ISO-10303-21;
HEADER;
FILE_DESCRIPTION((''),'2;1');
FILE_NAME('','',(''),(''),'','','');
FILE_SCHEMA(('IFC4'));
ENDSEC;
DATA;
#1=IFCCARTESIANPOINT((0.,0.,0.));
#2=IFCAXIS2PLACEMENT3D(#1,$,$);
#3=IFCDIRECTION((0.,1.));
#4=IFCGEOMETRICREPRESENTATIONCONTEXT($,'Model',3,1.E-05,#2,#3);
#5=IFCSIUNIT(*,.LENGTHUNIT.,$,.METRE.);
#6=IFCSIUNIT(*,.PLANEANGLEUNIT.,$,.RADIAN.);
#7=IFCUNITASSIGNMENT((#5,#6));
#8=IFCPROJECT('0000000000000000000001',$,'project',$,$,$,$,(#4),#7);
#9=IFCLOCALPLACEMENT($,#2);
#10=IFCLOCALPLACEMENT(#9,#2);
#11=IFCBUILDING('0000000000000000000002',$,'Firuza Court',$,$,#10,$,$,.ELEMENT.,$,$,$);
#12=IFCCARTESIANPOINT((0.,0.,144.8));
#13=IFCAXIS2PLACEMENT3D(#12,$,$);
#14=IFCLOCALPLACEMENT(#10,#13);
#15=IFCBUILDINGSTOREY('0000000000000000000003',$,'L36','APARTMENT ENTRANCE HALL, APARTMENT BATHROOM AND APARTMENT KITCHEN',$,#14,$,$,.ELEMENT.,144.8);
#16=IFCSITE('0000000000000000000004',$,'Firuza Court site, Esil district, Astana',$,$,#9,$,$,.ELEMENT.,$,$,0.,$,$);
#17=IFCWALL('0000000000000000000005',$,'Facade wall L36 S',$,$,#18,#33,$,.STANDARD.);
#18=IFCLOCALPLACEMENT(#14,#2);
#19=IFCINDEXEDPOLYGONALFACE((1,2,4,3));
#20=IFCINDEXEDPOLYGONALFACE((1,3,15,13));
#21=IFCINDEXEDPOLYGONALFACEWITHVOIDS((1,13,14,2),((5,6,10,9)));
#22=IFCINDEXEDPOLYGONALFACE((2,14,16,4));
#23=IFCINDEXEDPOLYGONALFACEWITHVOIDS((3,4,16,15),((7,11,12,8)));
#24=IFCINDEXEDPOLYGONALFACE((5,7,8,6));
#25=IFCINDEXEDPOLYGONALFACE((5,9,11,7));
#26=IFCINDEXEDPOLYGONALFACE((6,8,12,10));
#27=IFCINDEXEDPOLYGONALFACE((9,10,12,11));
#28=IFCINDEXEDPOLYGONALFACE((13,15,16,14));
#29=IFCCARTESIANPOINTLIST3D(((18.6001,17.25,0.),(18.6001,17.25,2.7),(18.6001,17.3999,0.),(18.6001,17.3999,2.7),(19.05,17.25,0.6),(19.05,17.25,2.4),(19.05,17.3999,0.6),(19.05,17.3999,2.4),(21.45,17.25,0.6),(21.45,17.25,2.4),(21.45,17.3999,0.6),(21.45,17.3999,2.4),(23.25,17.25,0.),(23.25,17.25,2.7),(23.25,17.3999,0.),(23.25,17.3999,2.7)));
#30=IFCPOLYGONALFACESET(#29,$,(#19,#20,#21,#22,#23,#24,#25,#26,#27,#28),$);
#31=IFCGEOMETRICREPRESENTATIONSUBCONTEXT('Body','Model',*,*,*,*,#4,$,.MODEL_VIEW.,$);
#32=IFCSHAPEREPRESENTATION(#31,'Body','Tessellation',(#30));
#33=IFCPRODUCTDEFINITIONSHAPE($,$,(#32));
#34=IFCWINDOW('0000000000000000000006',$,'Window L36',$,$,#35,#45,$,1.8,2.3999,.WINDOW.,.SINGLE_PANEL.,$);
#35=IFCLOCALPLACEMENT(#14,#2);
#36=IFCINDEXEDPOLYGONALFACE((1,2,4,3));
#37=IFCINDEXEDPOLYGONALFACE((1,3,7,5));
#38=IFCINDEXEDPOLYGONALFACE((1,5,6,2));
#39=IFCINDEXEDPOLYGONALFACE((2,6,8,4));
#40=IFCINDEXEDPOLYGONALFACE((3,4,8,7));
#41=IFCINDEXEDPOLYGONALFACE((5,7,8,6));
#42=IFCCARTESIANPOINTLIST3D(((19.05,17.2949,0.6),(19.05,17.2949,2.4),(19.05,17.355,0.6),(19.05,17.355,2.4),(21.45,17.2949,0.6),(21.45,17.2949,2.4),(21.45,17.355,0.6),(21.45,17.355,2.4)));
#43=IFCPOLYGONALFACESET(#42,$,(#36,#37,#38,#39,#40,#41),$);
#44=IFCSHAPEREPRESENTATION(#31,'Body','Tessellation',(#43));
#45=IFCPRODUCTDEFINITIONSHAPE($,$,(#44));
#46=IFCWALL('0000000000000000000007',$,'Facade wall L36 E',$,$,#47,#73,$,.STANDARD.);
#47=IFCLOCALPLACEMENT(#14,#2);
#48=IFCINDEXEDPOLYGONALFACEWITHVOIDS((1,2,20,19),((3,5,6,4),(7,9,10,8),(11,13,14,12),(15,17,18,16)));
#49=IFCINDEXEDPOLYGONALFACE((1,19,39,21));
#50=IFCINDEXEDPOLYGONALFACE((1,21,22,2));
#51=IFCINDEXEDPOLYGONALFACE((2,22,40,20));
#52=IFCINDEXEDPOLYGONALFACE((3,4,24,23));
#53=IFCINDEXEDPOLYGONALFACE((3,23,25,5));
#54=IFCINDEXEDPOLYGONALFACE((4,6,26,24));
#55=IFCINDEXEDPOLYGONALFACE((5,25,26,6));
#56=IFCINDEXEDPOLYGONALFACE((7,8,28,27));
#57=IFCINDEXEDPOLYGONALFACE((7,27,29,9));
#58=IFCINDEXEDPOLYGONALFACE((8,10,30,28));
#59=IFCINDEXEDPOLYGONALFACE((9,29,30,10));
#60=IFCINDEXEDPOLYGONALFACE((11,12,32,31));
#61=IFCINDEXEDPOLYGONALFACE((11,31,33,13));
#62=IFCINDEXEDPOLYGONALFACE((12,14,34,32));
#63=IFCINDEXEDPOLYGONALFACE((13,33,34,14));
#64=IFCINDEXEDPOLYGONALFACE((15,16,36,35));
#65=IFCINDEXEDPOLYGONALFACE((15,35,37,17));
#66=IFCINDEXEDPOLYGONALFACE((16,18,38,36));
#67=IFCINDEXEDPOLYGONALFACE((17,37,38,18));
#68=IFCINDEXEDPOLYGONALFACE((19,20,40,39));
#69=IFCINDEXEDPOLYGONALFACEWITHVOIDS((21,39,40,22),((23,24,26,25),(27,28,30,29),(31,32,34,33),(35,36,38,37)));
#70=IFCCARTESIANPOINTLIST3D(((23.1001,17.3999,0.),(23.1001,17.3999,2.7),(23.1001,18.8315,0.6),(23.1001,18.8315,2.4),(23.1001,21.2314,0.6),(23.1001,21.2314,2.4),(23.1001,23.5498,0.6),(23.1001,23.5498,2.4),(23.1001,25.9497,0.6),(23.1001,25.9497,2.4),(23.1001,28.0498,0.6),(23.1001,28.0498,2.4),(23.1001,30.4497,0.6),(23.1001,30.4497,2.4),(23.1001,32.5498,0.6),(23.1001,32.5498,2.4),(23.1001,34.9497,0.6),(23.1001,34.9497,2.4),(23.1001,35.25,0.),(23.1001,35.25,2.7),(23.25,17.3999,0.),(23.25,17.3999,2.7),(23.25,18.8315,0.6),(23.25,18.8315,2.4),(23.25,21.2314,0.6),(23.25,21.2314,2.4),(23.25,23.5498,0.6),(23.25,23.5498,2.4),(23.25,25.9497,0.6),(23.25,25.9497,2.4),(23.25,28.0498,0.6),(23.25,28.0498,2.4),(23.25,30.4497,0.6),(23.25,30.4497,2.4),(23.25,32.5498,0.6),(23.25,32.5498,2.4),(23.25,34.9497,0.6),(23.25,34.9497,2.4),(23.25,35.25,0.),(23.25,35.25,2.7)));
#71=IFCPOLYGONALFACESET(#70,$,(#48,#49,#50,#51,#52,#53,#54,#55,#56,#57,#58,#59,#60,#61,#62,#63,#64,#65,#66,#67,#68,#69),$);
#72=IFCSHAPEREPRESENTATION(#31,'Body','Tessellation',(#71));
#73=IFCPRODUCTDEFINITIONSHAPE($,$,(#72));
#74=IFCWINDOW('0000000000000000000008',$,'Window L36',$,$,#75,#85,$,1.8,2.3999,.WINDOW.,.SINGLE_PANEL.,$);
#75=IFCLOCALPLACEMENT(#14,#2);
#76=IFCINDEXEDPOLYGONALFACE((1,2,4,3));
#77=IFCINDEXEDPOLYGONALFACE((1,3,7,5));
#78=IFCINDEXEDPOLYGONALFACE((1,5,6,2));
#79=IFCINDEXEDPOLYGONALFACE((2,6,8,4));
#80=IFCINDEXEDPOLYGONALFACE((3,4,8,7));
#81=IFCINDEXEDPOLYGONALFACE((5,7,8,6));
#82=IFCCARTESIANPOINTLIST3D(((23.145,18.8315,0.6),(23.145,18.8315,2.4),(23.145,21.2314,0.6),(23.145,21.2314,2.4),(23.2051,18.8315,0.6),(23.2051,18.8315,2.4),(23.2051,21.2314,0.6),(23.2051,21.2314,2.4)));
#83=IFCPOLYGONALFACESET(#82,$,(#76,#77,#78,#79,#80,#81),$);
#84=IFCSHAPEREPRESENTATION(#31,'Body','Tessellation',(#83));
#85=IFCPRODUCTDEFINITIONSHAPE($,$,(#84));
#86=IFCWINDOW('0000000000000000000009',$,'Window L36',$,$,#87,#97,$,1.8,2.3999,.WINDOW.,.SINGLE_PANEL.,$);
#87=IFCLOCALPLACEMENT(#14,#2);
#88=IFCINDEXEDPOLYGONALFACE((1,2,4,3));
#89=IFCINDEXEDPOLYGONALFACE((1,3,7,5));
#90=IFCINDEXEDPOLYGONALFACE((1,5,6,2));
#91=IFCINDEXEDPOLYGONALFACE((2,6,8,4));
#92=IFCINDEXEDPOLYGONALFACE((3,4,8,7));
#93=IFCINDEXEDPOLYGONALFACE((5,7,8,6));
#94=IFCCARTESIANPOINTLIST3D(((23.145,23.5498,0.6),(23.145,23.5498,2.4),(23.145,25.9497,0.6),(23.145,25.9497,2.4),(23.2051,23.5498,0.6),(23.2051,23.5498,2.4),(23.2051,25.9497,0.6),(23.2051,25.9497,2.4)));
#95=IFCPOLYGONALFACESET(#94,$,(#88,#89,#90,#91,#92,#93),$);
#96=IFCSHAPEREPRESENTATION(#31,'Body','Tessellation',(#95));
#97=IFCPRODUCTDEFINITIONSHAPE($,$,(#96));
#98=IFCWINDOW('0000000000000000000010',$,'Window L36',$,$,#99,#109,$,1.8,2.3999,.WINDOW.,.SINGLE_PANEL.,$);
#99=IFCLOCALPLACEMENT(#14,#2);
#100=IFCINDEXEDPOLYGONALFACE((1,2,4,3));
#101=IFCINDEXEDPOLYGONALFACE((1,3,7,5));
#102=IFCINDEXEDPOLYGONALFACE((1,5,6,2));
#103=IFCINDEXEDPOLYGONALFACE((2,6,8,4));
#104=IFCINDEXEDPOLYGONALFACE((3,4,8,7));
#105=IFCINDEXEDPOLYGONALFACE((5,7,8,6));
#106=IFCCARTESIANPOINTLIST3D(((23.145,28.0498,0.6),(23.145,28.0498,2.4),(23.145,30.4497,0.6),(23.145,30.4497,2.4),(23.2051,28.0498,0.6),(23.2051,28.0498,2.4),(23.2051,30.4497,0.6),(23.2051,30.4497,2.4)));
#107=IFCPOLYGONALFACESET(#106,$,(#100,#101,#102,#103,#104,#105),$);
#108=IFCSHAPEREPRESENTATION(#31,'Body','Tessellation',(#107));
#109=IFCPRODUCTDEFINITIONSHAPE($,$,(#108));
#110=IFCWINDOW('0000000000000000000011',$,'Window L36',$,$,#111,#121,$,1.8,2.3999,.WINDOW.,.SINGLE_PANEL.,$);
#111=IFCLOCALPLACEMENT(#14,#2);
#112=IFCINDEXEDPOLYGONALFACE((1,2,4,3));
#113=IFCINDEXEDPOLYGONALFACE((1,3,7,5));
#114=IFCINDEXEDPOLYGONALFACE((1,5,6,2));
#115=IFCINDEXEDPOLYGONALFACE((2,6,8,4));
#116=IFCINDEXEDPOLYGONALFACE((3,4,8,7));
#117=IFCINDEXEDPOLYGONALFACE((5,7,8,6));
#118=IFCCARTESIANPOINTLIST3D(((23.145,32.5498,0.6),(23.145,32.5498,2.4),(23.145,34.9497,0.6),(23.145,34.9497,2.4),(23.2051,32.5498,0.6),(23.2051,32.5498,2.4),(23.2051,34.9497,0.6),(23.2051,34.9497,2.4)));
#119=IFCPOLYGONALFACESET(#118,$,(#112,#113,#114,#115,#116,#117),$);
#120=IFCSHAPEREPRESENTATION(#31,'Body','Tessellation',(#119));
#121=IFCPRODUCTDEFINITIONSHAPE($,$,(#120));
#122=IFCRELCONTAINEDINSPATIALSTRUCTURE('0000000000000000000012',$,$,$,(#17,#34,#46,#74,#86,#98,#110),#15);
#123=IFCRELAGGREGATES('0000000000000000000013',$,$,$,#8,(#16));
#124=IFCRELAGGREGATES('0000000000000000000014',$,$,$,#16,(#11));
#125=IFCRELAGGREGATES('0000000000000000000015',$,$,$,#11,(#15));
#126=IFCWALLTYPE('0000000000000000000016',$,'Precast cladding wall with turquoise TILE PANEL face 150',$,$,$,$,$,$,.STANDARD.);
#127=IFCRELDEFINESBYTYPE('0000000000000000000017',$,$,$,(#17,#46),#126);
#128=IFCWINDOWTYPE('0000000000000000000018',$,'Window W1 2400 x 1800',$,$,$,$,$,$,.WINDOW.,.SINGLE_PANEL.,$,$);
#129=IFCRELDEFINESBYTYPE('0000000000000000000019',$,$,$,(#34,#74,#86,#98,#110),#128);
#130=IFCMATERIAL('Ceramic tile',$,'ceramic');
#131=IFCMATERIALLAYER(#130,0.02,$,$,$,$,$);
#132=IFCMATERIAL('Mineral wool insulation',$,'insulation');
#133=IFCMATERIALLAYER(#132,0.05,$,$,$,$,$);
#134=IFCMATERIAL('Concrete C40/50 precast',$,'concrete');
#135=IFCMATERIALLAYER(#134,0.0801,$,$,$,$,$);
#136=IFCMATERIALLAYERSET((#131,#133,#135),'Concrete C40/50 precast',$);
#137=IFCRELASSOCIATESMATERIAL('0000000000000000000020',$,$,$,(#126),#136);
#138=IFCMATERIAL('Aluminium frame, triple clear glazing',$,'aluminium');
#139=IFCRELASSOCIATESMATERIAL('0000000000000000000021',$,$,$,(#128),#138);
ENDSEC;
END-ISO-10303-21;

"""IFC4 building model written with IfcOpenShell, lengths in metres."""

from ifc_helpers import new_model, si_unit, direction, frame, frame_2d, origin, place, context, subcontext, project, spatial, rectangle, extrude, material, layer, layer_set, type_object, element, fill, save


model = new_model("IFC4")

# Units and contexts
model_context = context("Model", 3, precision=1e-05, world=origin(), true_north=direction((0.0, 1.0)))
body_context = subcontext(model_context, "Body", "Model", "MODEL_VIEW")
ifc_project = project(units=[si_unit("LENGTHUNIT", "METRE"), si_unit("PLANEANGLEUNIT", "RADIAN")], contexts=[model_context])

# Site, building, storey
site_placement = place(None, origin())
site = spatial("IfcSite", under=ifc_project, at=site_placement, Name="Firuza Court site, Esil district, Astana", CompositionType="ELEMENT", RefElevation=0.0)
building_placement = place(site_placement, origin())
building = spatial("IfcBuilding", under=site, at=building_placement, Name="Firuza Court", CompositionType="ELEMENT")
storey_placement = place(building_placement, frame((0.0, 0.0, 144.8)))
storey = spatial("IfcBuildingStorey", under=building, at=storey_placement, Name="L36", Description="APARTMENT ENTRANCE HALL, APARTMENT BATHROOM AND APARTMENT KITCHEN", CompositionType="ELEMENT", Elevation=144.8)

# Shared definitions
ifc_material_1 = material(Name="Ceramic tile", Category="ceramic")
ifc_layer_1 = layer(ifc_material_1, 0.02)
ifc_material_2 = material(Name="Mineral wool insulation", Category="insulation")
ifc_layer_2 = layer(ifc_material_2, 0.05)
ifc_material_3 = material(Name="Concrete C40/50 precast", Category="concrete")
ifc_layer_3 = layer(ifc_material_3, 0.0801)
ifc_layer_set_1 = layer_set([ifc_layer_1, ifc_layer_2, ifc_layer_3], Name="Concrete C40/50 precast")
wall_type_1 = type_object("IfcWallType", Name="Precast cladding wall with turquoise TILE PANEL face 150", PredefinedType="STANDARD", material=ifc_layer_set_1)
ifc_material_4 = material(Name="Aluminium frame, triple clear glazing", Category="aluminium")
window_type_1 = type_object("IfcWindowType", Name="Window W1 2400 x 1800", PartitioningType="SINGLE_PANEL", PredefinedType="WINDOW", material=ifc_material_4)

# Wall, opening, window
wall_1_placement = place(storey_placement, frame((18.6001, 17.325, 0.0), z_axis=(0.0, 0.0, 1.0), x_axis=(1.0, 0.0, 0.0)))
wall_1 = element("IfcWall", 1, at=wall_1_placement, inside=storey, type_object=wall_type_1, Name="Facade wall L36 S", PredefinedType="STANDARD", context=body_context, shape_type="SweptSolid", body=[
    extrude(rectangle(XDim=4.6499, YDim=0.1499, at=frame_2d((2.325, 0.0))), origin(), (0.0, 0.0, 1.0), 2.7),
])
opening_1_placement = place(wall_1_placement, frame((0.45, 0.0, 0.6001)))
opening_1 = element("IfcOpeningElement", 2, at=opening_1_placement, cuts=wall_1, PredefinedType="OPENING", context=body_context, shape_type="SweptSolid", body=[
    extrude(rectangle(XDim=2.3999, YDim=1.8, at=frame_2d((1.2, 0.8999))), frame((0.0, 0.0869, 0.0), z_axis=(0.0, -1.0, 0.0), x_axis=(1.0, 0.0, 0.0)), (0.0, 0.0, 1.0), 0.1738),
])
window_1_placement = place(opening_1_placement, origin())
window_1 = element("IfcWindow", 3, at=window_1_placement, inside=storey, type_object=window_type_1, Name="Window L36", OverallHeight=1.8, OverallWidth=2.3999, PartitioningType="SINGLE_PANEL", PredefinedType="WINDOW", context=body_context, shape_type="SweptSolid", body=[
    extrude(rectangle(XDim=2.3999, YDim=1.8, at=frame_2d((1.2, 0.8999))), frame((0.0, 0.03, 0.0), z_axis=(0.0, -1.0, 0.0), x_axis=(1.0, 0.0, 0.0)), (0.0, 0.0, 1.0), 0.0601),
])
fill(opening_1, window_1)

# Wall, openings, windows
wall_2_placement = place(storey_placement, frame((23.175, 17.3999, 0.0), z_axis=(0.0, 0.0, 1.0), x_axis=(0.0, 1.0, 0.0)))
wall_2 = element("IfcWall", 4, at=wall_2_placement, inside=storey, type_object=wall_type_1, Name="Facade wall L36 E", PredefinedType="STANDARD", context=body_context, shape_type="SweptSolid", body=[
    extrude(rectangle(XDim=17.8501, YDim=0.1499, at=frame_2d((8.925, 0.0))), origin(), (0.0, 0.0, 1.0), 2.7),
])
opening_2_placement = place(wall_2_placement, frame((1.4316, 0.0, 0.6001)))
opening_2 = element("IfcOpeningElement", 5, at=opening_2_placement, cuts=wall_2, PredefinedType="OPENING", context=body_context, shape_type="SweptSolid", body=[
    extrude(rectangle(XDim=2.3999, YDim=1.8, at=frame_2d((1.2, 0.8999))), frame((0.0, 0.0869, 0.0), z_axis=(0.0, -1.0, 0.0), x_axis=(1.0, 0.0, 0.0)), (0.0, 0.0, 1.0), 0.1738),
])
opening_3_placement = place(wall_2_placement, frame((6.1499, 0.0, 0.6001)))
opening_3 = element("IfcOpeningElement", 6, at=opening_3_placement, cuts=wall_2, PredefinedType="OPENING", context=body_context, shape_type="SweptSolid", body=[
    extrude(rectangle(XDim=2.3999, YDim=1.8, at=frame_2d((1.2, 0.8999))), frame((0.0, 0.0869, 0.0), z_axis=(0.0, -1.0, 0.0), x_axis=(1.0, 0.0, 0.0)), (0.0, 0.0, 1.0), 0.1738),
])
opening_4_placement = place(wall_2_placement, frame((10.6499, 0.0, 0.6001)))
opening_4 = element("IfcOpeningElement", 7, at=opening_4_placement, cuts=wall_2, PredefinedType="OPENING", context=body_context, shape_type="SweptSolid", body=[
    extrude(rectangle(XDim=2.3999, YDim=1.8, at=frame_2d((1.2, 0.8999))), frame((0.0, 0.0869, 0.0), z_axis=(0.0, -1.0, 0.0), x_axis=(1.0, 0.0, 0.0)), (0.0, 0.0, 1.0), 0.1738),
])
opening_5_placement = place(wall_2_placement, frame((15.1499, 0.0, 0.6001)))
opening_5 = element("IfcOpeningElement", 8, at=opening_5_placement, cuts=wall_2, PredefinedType="OPENING", context=body_context, shape_type="SweptSolid", body=[
    extrude(rectangle(XDim=2.3999, YDim=1.8, at=frame_2d((1.2, 0.8999))), frame((0.0, 0.0869, 0.0), z_axis=(0.0, -1.0, 0.0), x_axis=(1.0, 0.0, 0.0)), (0.0, 0.0, 1.0), 0.1738),
])
window_2_placement = place(opening_2_placement, origin())
window_2 = element("IfcWindow", 9, at=window_2_placement, inside=storey, type_object=window_type_1, Name="Window L36", OverallHeight=1.8, OverallWidth=2.3999, PartitioningType="SINGLE_PANEL", PredefinedType="WINDOW", context=body_context, shape_type="SweptSolid", body=[
    extrude(rectangle(XDim=2.3999, YDim=1.8, at=frame_2d((1.2, 0.8999))), frame((0.0, 0.03, 0.0), z_axis=(0.0, -1.0, 0.0), x_axis=(1.0, 0.0, 0.0)), (0.0, 0.0, 1.0), 0.0601),
])
fill(opening_2, window_2)
window_3_placement = place(opening_3_placement, origin())
window_3 = element("IfcWindow", 10, at=window_3_placement, inside=storey, type_object=window_type_1, Name="Window L36", OverallHeight=1.8, OverallWidth=2.3999, PartitioningType="SINGLE_PANEL", PredefinedType="WINDOW", context=body_context, shape_type="SweptSolid", body=[
    extrude(rectangle(XDim=2.3999, YDim=1.8, at=frame_2d((1.2, 0.8999))), frame((0.0, 0.03, 0.0), z_axis=(0.0, -1.0, 0.0), x_axis=(1.0, 0.0, 0.0)), (0.0, 0.0, 1.0), 0.0601),
])
fill(opening_3, window_3)
window_4_placement = place(opening_4_placement, origin())
window_4 = element("IfcWindow", 11, at=window_4_placement, inside=storey, type_object=window_type_1, Name="Window L36", OverallHeight=1.8, OverallWidth=2.3999, PartitioningType="SINGLE_PANEL", PredefinedType="WINDOW", context=body_context, shape_type="SweptSolid", body=[
    extrude(rectangle(XDim=2.3999, YDim=1.8, at=frame_2d((1.2, 0.8999))), frame((0.0, 0.03, 0.0), z_axis=(0.0, -1.0, 0.0), x_axis=(1.0, 0.0, 0.0)), (0.0, 0.0, 1.0), 0.0601),
])
fill(opening_4, window_4)
window_5_placement = place(opening_5_placement, origin())
window_5 = element("IfcWindow", 12, at=window_5_placement, inside=storey, type_object=window_type_1, Name="Window L36", OverallHeight=1.8, OverallWidth=2.3999, PartitioningType="SINGLE_PANEL", PredefinedType="WINDOW", context=body_context, shape_type="SweptSolid", body=[
    extrude(rectangle(XDim=2.3999, YDim=1.8, at=frame_2d((1.2, 0.8999))), frame((0.0, 0.03, 0.0), z_axis=(0.0, -1.0, 0.0), x_axis=(1.0, 0.0, 0.0)), (0.0, 0.0, 1.0), 0.0601),
])
fill(opening_5, window_5)

save(model, "model.ifc")
